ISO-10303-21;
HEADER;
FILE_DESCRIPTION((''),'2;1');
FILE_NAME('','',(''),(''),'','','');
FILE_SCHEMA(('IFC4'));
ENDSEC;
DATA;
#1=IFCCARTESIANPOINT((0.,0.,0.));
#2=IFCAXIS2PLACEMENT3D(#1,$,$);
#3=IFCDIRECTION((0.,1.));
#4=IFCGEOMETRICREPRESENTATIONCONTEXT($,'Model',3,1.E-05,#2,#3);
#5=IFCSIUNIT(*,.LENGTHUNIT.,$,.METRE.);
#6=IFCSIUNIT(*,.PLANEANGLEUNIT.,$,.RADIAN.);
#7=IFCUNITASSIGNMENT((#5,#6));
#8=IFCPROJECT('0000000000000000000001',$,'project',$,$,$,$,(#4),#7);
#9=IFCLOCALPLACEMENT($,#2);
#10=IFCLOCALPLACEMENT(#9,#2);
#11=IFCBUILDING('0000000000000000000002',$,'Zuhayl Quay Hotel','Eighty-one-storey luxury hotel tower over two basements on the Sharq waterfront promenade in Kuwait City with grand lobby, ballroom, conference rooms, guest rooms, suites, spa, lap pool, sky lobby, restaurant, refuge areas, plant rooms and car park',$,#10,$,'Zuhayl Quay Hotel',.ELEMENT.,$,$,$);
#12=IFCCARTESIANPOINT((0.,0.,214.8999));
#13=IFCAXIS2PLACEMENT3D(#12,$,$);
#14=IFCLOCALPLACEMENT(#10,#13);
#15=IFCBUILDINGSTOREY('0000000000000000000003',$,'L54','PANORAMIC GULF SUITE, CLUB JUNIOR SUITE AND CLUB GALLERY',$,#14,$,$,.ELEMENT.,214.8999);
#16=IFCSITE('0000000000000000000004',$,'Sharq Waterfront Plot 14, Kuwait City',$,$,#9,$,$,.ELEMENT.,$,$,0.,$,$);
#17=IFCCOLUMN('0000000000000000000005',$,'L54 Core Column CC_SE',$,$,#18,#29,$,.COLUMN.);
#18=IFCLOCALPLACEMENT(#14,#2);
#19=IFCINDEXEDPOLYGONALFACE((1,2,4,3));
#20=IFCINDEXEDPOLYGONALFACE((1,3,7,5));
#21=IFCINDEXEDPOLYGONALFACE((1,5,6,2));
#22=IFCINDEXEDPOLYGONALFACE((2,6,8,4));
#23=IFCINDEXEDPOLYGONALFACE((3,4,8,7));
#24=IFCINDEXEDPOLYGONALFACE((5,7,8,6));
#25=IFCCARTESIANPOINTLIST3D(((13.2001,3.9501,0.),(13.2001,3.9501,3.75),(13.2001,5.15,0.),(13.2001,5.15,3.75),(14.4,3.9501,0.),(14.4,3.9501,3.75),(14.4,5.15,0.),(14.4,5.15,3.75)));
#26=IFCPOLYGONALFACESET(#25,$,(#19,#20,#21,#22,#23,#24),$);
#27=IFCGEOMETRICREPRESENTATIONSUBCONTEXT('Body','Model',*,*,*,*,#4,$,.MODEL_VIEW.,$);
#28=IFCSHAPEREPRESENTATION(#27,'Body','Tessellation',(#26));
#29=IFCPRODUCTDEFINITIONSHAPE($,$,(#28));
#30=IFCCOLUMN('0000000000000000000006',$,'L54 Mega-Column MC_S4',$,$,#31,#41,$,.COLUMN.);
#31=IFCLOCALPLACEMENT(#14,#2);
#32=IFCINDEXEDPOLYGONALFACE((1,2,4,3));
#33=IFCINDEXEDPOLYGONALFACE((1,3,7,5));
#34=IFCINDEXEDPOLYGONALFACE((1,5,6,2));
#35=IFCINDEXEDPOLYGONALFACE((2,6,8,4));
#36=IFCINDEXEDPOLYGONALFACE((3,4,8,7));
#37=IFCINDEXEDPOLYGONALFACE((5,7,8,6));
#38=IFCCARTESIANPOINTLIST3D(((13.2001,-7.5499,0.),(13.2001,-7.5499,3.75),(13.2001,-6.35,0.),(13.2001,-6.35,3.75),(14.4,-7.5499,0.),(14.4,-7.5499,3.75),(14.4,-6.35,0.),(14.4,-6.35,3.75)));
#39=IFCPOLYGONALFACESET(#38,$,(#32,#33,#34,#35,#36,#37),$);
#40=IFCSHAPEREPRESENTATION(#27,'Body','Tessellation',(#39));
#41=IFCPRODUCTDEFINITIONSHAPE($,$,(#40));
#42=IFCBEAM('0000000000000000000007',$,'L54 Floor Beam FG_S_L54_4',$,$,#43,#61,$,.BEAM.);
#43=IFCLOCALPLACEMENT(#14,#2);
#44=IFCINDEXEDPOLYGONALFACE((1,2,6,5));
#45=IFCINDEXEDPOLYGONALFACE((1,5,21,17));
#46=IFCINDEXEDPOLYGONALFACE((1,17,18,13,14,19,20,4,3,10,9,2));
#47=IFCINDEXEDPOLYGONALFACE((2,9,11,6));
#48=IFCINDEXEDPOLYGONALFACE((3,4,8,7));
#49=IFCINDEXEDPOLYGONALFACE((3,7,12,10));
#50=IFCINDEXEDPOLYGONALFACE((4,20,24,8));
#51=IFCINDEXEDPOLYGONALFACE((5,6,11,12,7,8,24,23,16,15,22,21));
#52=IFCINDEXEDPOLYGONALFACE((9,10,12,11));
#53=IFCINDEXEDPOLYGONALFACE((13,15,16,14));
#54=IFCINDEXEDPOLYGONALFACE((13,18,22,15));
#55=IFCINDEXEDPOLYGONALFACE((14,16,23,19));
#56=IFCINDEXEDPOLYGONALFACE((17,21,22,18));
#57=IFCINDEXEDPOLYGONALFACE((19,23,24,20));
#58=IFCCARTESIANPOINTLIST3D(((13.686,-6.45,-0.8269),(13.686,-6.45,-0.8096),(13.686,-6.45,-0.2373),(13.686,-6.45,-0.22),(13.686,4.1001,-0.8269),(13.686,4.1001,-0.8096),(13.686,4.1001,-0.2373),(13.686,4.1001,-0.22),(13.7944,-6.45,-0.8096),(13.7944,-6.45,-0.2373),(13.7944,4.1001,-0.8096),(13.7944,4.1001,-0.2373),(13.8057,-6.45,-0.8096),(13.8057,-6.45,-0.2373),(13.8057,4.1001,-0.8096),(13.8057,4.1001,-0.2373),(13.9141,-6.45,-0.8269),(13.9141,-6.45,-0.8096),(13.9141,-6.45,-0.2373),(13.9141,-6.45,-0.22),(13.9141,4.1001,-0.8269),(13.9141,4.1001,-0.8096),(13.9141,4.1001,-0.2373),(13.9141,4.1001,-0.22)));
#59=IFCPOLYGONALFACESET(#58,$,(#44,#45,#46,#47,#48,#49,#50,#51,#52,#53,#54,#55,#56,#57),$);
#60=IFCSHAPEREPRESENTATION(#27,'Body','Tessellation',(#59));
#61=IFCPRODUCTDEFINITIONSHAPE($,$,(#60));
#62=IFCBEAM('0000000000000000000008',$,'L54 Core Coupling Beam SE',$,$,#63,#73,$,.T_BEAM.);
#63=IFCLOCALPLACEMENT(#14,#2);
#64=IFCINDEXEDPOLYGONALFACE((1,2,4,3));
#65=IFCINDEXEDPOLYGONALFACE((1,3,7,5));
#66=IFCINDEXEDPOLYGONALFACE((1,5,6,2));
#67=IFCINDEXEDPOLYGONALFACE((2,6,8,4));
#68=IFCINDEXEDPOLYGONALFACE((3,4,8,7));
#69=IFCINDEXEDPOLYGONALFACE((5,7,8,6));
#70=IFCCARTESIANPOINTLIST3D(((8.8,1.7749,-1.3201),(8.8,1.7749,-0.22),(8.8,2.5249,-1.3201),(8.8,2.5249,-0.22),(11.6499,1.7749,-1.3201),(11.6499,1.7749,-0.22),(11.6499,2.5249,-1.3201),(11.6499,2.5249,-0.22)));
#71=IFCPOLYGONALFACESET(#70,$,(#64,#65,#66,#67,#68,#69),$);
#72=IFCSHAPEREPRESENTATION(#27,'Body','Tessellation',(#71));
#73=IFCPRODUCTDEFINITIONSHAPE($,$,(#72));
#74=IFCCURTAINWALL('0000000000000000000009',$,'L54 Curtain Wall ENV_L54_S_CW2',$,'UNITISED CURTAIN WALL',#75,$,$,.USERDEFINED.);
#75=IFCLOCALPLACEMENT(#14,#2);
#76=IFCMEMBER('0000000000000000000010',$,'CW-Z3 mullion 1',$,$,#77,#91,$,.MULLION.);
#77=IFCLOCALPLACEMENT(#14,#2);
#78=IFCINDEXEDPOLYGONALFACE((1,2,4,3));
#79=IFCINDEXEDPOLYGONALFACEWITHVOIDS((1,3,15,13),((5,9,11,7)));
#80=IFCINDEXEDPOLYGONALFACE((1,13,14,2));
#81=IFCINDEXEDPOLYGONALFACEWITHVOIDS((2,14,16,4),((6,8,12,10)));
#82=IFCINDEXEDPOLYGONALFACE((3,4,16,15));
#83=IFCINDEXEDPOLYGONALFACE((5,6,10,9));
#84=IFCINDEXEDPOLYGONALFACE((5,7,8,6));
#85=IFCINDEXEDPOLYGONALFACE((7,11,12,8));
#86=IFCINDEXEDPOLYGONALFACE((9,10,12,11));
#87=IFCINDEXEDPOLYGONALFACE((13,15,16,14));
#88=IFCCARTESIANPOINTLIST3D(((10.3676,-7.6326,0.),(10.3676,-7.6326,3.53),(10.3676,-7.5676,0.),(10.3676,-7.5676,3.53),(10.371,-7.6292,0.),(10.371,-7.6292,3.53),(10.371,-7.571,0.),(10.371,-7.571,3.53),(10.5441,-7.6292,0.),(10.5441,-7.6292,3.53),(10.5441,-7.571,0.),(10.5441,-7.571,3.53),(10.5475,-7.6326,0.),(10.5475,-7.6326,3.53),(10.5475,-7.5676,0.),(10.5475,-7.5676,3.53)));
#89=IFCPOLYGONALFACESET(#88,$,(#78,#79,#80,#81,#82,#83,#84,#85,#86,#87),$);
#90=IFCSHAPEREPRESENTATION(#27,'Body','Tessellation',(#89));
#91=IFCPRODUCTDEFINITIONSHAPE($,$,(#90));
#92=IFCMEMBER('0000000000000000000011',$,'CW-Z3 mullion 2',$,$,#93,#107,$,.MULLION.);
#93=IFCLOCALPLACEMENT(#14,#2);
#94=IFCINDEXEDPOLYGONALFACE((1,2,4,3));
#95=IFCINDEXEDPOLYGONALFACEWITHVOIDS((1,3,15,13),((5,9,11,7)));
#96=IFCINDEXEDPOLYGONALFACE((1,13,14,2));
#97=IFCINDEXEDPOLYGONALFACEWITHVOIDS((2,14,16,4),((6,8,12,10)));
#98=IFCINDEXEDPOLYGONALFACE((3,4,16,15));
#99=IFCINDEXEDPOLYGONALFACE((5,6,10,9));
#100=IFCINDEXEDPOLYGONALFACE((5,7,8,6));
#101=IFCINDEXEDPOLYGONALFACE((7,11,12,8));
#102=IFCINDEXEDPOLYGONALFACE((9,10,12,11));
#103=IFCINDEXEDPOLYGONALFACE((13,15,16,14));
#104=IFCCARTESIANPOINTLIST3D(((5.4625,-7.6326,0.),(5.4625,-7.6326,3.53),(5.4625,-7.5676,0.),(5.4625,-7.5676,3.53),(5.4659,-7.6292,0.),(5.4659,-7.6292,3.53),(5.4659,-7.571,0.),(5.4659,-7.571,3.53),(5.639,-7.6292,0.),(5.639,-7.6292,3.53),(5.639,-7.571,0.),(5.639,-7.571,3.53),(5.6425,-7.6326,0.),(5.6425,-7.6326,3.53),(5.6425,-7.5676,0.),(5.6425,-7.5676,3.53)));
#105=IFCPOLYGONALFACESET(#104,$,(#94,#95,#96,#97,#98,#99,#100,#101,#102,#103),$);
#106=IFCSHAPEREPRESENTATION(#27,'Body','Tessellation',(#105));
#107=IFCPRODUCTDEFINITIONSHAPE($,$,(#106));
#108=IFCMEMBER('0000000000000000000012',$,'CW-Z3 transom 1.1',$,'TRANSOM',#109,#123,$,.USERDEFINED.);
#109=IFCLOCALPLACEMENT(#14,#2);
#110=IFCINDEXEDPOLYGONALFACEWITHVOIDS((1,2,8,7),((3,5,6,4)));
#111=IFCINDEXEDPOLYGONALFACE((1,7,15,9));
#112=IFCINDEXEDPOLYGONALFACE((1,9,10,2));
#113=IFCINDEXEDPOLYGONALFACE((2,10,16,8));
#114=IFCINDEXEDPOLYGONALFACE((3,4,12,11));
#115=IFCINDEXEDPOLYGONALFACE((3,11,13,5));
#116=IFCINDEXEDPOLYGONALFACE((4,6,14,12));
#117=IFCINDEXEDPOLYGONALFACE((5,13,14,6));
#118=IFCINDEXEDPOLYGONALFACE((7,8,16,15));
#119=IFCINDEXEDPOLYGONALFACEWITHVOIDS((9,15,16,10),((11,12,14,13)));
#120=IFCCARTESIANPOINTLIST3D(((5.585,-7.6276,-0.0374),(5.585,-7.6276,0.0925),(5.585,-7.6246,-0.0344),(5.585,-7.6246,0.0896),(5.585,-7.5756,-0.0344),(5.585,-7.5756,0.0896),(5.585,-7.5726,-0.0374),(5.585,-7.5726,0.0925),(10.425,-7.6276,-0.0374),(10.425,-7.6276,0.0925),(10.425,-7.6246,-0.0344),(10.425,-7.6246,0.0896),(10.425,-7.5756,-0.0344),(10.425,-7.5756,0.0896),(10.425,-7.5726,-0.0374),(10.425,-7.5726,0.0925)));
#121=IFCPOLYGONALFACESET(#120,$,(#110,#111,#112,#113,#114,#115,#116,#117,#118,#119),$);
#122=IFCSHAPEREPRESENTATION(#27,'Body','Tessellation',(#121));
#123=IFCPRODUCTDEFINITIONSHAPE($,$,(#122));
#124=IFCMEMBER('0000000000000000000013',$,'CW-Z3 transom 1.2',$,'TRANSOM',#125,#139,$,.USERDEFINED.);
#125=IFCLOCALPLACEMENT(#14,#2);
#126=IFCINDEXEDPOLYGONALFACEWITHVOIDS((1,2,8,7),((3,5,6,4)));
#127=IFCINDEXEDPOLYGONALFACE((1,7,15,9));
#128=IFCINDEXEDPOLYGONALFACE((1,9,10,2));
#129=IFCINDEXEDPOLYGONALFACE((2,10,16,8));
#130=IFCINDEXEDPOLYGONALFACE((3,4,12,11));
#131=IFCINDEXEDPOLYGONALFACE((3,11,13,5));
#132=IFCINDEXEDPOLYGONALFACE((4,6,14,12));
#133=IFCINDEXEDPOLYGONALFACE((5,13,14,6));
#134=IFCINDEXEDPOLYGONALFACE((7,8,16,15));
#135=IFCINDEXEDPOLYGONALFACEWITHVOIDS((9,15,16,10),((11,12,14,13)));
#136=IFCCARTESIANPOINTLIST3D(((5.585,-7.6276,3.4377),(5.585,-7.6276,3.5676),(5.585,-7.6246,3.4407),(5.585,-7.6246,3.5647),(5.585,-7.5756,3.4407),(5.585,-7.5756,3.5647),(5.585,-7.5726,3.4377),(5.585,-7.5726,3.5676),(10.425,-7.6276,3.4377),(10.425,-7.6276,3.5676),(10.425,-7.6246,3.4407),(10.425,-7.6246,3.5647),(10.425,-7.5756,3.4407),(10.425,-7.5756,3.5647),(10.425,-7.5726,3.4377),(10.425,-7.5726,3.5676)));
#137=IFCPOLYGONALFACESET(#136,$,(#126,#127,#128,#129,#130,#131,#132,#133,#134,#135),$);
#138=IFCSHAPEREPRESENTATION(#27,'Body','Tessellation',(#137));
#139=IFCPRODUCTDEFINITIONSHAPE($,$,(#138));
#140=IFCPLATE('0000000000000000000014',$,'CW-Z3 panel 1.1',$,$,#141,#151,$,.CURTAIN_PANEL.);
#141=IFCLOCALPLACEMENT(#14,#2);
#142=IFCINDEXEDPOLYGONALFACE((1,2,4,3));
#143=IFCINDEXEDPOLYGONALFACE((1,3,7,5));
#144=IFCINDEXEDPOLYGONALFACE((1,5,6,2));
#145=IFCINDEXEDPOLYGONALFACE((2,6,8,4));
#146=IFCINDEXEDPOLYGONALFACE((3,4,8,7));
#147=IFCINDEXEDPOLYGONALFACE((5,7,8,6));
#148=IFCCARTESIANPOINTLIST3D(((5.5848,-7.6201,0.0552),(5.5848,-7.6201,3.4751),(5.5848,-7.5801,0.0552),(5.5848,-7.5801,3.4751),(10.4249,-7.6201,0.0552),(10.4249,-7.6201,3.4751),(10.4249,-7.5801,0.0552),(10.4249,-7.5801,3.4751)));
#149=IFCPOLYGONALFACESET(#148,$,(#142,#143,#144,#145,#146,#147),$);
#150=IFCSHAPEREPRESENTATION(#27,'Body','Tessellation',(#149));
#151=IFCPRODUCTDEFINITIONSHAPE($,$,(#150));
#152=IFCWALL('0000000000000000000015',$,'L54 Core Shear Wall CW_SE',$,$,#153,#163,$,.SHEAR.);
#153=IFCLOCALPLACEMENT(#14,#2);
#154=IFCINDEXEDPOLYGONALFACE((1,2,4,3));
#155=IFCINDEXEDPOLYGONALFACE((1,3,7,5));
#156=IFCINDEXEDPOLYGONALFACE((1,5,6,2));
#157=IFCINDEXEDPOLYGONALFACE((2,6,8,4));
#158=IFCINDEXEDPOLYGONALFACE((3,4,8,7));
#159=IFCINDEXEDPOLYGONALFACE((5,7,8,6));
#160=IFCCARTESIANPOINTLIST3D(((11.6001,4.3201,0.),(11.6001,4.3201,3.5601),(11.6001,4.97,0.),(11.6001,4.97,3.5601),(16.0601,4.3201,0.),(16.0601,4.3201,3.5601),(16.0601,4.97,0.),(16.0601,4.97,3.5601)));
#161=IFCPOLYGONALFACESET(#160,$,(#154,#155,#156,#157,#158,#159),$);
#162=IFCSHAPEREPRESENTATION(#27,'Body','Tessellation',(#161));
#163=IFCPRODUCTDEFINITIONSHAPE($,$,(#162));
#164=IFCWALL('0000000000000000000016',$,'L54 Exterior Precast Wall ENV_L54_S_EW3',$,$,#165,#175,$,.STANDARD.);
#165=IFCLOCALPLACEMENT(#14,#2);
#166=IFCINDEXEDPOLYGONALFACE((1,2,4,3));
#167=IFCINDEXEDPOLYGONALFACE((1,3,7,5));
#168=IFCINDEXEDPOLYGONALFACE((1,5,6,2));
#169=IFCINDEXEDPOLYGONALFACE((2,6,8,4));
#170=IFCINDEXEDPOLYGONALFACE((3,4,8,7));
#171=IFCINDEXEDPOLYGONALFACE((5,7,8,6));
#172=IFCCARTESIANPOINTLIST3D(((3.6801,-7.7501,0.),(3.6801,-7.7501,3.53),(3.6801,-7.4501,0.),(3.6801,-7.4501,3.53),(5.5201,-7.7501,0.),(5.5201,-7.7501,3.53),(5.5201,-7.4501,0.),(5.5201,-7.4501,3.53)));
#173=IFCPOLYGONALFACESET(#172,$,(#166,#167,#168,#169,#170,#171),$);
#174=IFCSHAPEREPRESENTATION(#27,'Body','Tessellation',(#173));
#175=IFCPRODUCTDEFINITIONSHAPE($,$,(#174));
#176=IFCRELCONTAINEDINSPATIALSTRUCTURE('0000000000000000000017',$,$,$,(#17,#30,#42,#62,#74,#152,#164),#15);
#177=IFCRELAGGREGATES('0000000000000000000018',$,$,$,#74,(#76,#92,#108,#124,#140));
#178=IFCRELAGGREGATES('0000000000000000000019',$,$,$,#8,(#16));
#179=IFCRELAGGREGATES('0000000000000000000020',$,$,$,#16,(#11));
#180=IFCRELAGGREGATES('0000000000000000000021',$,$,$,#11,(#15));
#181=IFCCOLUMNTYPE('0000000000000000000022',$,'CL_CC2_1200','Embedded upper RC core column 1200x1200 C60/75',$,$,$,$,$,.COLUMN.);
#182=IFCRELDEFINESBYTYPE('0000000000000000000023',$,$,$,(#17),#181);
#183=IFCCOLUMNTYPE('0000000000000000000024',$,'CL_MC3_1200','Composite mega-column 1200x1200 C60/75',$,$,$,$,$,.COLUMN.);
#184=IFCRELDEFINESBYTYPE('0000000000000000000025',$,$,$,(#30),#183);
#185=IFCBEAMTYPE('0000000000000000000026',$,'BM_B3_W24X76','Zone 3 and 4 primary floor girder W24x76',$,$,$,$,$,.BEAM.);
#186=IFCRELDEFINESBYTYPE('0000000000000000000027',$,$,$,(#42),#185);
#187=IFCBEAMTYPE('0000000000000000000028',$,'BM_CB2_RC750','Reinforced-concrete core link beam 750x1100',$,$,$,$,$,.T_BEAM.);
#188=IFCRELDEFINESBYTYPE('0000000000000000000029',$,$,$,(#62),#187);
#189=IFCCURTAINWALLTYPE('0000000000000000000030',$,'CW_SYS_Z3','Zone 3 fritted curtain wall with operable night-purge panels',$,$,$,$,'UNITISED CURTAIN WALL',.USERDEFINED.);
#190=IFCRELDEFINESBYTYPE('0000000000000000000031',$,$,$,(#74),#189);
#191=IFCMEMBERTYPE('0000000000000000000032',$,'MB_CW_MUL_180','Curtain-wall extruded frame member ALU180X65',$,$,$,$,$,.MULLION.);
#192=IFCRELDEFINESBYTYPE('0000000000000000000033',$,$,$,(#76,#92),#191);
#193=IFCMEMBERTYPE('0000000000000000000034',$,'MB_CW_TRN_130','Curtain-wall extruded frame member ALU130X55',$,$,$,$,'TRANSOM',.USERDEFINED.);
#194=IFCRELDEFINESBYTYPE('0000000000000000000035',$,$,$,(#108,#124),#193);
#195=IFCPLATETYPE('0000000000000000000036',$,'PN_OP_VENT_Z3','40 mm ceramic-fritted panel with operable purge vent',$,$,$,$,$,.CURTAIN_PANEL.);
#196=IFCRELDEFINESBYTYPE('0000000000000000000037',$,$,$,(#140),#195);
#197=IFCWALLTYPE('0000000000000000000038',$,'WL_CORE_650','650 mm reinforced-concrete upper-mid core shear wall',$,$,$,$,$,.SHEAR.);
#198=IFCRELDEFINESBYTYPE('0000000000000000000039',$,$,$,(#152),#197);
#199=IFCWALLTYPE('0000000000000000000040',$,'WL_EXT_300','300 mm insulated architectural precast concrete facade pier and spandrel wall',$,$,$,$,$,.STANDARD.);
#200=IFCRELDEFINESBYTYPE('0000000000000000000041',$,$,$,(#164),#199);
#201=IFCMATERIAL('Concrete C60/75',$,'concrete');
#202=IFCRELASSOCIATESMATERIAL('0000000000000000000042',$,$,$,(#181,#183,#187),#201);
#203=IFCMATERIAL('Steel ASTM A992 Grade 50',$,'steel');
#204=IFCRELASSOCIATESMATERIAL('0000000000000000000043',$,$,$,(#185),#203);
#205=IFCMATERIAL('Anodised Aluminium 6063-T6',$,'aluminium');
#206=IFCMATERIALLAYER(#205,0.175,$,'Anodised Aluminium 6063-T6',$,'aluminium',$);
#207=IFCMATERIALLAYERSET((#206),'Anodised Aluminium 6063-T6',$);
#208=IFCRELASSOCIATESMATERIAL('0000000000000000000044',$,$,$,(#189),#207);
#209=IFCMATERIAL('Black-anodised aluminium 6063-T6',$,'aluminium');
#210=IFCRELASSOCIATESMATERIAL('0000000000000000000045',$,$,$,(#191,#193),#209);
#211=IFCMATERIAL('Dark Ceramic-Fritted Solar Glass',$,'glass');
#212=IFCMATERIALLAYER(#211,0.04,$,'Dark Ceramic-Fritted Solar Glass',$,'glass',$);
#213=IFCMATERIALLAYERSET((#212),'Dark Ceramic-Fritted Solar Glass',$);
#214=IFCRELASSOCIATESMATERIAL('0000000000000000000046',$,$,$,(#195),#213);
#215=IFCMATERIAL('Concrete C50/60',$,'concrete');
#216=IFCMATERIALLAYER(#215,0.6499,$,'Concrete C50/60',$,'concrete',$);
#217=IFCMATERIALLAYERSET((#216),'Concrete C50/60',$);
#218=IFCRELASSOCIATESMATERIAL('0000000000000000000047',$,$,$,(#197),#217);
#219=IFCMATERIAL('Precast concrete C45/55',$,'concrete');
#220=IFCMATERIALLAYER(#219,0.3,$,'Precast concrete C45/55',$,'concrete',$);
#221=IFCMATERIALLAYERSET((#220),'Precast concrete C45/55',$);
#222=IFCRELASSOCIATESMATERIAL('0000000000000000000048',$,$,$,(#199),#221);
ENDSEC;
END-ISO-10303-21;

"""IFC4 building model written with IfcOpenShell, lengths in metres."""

from ifc_helpers import new_model, si_unit, direction, frame, frame_2d, origin, origin_2d, place, context, subcontext, project, spatial, rectangle, hollow_rectangle, i_section, extrude, material, layer, layer_set, material_profile, profile_set, type_object, element, aggregate, save


model = new_model("IFC4")

# Units and contexts
model_context = context("Model", 3, precision=1e-05, world=origin(), true_north=direction((0.0, 1.0)))
body_context = subcontext(model_context, "Body", "Model", "MODEL_VIEW")
ifc_project = project(units=[si_unit("LENGTHUNIT", "METRE"), si_unit("PLANEANGLEUNIT", "RADIAN")], contexts=[model_context])

# Site, building, storey
site_placement = place(None, origin())
site = spatial("IfcSite", under=ifc_project, at=site_placement, Name="Sharq Waterfront Plot 14, Kuwait City", CompositionType="ELEMENT", RefElevation=0.0)
building_placement = place(site_placement, origin())
building = spatial("IfcBuilding", under=site, at=building_placement, Name="Zuhayl Quay Hotel", Description="Eighty-one-storey luxury hotel tower over two basements on the Sharq waterfront promenade in Kuwait City with grand lobby, ballroom, conference rooms, guest rooms, suites, spa, lap pool, sky lobby, restaurant, refuge areas, plant rooms and car park", LongName="Zuhayl Quay Hotel", CompositionType="ELEMENT")
storey_placement = place(building_placement, frame((0.0, 0.0, 214.8999)))
storey = spatial("IfcBuildingStorey", under=building, at=storey_placement, Name="L54", Description="PANORAMIC GULF SUITE, CLUB JUNIOR SUITE AND CLUB GALLERY", CompositionType="ELEMENT", Elevation=214.8999)

# Columns
ifc_material_1 = material(Name="Concrete C60/75", Category="concrete")
ifc_material_profile_1 = material_profile(ifc_material_1, rectangle(XDim=1.2, YDim=1.2, at=origin_2d()), Name="RC1200X1200")
ifc_profile_set_1 = profile_set([ifc_material_profile_1], Name="Concrete C60/75")
column_type_1 = type_object("IfcColumnType", Name="CL_CC2_1200", Description="Embedded upper RC core column 1200x1200 C60/75", PredefinedType="COLUMN", material=ifc_profile_set_1)
column_1_placement = place(storey_placement, frame((13.8, 4.55, 0.0), z_axis=(0.0, 0.0, 1.0), x_axis=(1.0, 0.0, 0.0)))
element("IfcColumn", 1, at=column_1_placement, inside=storey, type_object=column_type_1, Name="L54 Core Column CC_SE", PredefinedType="COLUMN", context=body_context, shape_type="SweptSolid", body=[
    extrude(rectangle(XDim=1.2, YDim=1.2, at=origin_2d()), origin(), (0.0, 0.0, 1.0), 3.75),
])
ifc_material_profile_2 = material_profile(ifc_material_1, rectangle(XDim=1.2, YDim=1.2, at=origin_2d()), Name="RC1200X1200")
ifc_profile_set_2 = profile_set([ifc_material_profile_2], Name="Concrete C60/75")
column_type_2 = type_object("IfcColumnType", Name="CL_MC3_1200", Description="Composite mega-column 1200x1200 C60/75", PredefinedType="COLUMN", material=ifc_profile_set_2)
column_2_placement = place(storey_placement, frame((13.8, -6.95, 0.0), z_axis=(0.0, 0.0, 1.0), x_axis=(1.0, 0.0, 0.0)))
element("IfcColumn", 2, at=column_2_placement, inside=storey, type_object=column_type_2, Name="L54 Mega-Column MC_S4", PredefinedType="COLUMN", context=body_context, shape_type="SweptSolid", body=[
    extrude(rectangle(XDim=1.2, YDim=1.2, at=origin_2d()), origin(), (0.0, 0.0, 1.0), 3.75),
])

# Beams
ifc_material_2 = material(Name="Steel ASTM A992 Grade 50", Category="steel")
ifc_material_profile_3 = material_profile(ifc_material_2, i_section(OverallWidth=0.228, OverallDepth=0.6069, WebThickness=0.0112, FlangeThickness=0.0173, at=origin_2d()), Name="W24X76")
ifc_profile_set_3 = profile_set([ifc_material_profile_3], Name="Steel ASTM A992 Grade 50")
beam_type_1 = type_object("IfcBeamType", Name="BM_B3_W24X76", Description="Zone 3 and 4 primary floor girder W24x76", PredefinedType="BEAM", material=ifc_profile_set_3)
beam_1_placement = place(storey_placement, frame((13.8, -6.45, -0.5234), z_axis=(0.0, 1.0, 0.0), x_axis=(-1.0, 0.0, 0.0)))
element("IfcBeam", 3, at=beam_1_placement, inside=storey, type_object=beam_type_1, Name="L54 Floor Beam FG_S_L54_4", PredefinedType="BEAM", context=body_context, shape_type="SweptSolid", body=[
    extrude(i_section(OverallWidth=0.228, OverallDepth=0.6069, WebThickness=0.0112, FlangeThickness=0.0173, at=origin_2d()), origin(), (0.0, 0.0, 1.0), 10.55),
])
ifc_material_profile_4 = material_profile(ifc_material_1, rectangle(XDim=0.75, YDim=1.1001, at=origin_2d()), Name="RC750X1100")
ifc_profile_set_4 = profile_set([ifc_material_profile_4], Name="Concrete C60/75")
beam_type_2 = type_object("IfcBeamType", Name="BM_CB2_RC750", Description="Reinforced-concrete core link beam 750x1100", PredefinedType="T_BEAM", material=ifc_profile_set_4)
beam_2_placement = place(storey_placement, frame((8.8, 2.1499, -0.77), z_axis=(1.0, 0.0, 0.0), x_axis=(0.0, 1.0, 0.0)))
element("IfcBeam", 4, at=beam_2_placement, inside=storey, type_object=beam_type_2, Name="L54 Core Coupling Beam SE", PredefinedType="T_BEAM", context=body_context, shape_type="SweptSolid", body=[
    extrude(rectangle(XDim=0.75, YDim=1.1001, at=origin_2d()), origin(), (0.0, 0.0, 1.0), 2.8499),
])

# Curtain wall, members, plate
ifc_material_3 = material(Name="Anodised Aluminium 6063-T6", Category="aluminium")
ifc_layer_1 = layer(ifc_material_3, 0.175, Name="Anodised Aluminium 6063-T6", Category="aluminium")
ifc_layer_set_1 = layer_set([ifc_layer_1], Name="Anodised Aluminium 6063-T6")
curtain_wall_type = type_object("IfcCurtainWallType", Name="CW_SYS_Z3", Description="Zone 3 fritted curtain wall with operable night-purge panels", ElementType="UNITISED CURTAIN WALL", PredefinedType="USERDEFINED", material=ifc_layer_set_1)
curtain_wall_placement = place(storey_placement, origin())
curtain_wall = element("IfcCurtainWall", 5, at=curtain_wall_placement, inside=storey, type_object=curtain_wall_type, Name="L54 Curtain Wall ENV_L54_S_CW2", ObjectType="UNITISED CURTAIN WALL", PredefinedType="USERDEFINED")
ifc_material_4 = material(Name="Black-anodised aluminium 6063-T6", Category="aluminium")
ifc_material_profile_5 = material_profile(ifc_material_4, hollow_rectangle(XDim=0.0649, YDim=0.1799, WallThickness=0.0034, at=origin_2d()), Name="ALU180X65")
ifc_profile_set_5 = profile_set([ifc_material_profile_5], Name="Black-anodised aluminium 6063-T6")
member_type_1 = type_object("IfcMemberType", Name="MB_CW_MUL_180", Description="Curtain-wall extruded frame member ALU180X65", PredefinedType="MULLION", material=ifc_profile_set_5)
member_1_placement = place(storey_placement, frame((10.4575, -7.6001, 0.0), z_axis=(0.0, 0.0, 1.0), x_axis=(0.0, -1.0, 0.0)))
member_1 = element("IfcMember", 6, at=member_1_placement, type_object=member_type_1, Name="CW-Z3 mullion 1", PredefinedType="MULLION", context=body_context, shape_type="SweptSolid", body=[
    extrude(hollow_rectangle(XDim=0.0649, YDim=0.1799, WallThickness=0.0034, at=origin_2d()), origin(), (0.0, 0.0, 1.0), 3.53),
])
member_2_placement = place(storey_placement, frame((5.5525, -7.6001, 0.0), z_axis=(0.0, 0.0, 1.0), x_axis=(0.0, -1.0, 0.0)))
member_2 = element("IfcMember", 7, at=member_2_placement, type_object=member_type_1, Name="CW-Z3 mullion 2", PredefinedType="MULLION", context=body_context, shape_type="SweptSolid", body=[
    extrude(hollow_rectangle(XDim=0.0649, YDim=0.1799, WallThickness=0.0034, at=origin_2d()), origin(), (0.0, 0.0, 1.0), 3.53),
])
ifc_material_profile_6 = material_profile(ifc_material_4, hollow_rectangle(XDim=0.0549, YDim=0.1299, WallThickness=0.0029, at=origin_2d()), Name="ALU130X55")
ifc_profile_set_6 = profile_set([ifc_material_profile_6], Name="Black-anodised aluminium 6063-T6")
member_type_2 = type_object("IfcMemberType", Name="MB_CW_TRN_130", Description="Curtain-wall extruded frame member ALU130X55", ElementType="TRANSOM", PredefinedType="USERDEFINED", material=ifc_profile_set_6)
member_3_placement = place(storey_placement, frame((10.425, -7.6001, 0.0276), z_axis=(-1.0, 0.0, 0.0), x_axis=(0.0, -1.0, 0.0)))
member_3 = element("IfcMember", 8, at=member_3_placement, type_object=member_type_2, Name="CW-Z3 transom 1.1", ObjectType="TRANSOM", PredefinedType="USERDEFINED", context=body_context, shape_type="SweptSolid", body=[
    extrude(hollow_rectangle(XDim=0.0549, YDim=0.1299, WallThickness=0.0029, at=origin_2d()), origin(), (0.0, 0.0, 1.0), 4.8401),
])
member_4_placement = place(storey_placement, frame((10.425, -7.6001, 3.5027), z_axis=(-1.0, 0.0, 0.0), x_axis=(0.0, -1.0, 0.0)))
member_4 = element("IfcMember", 9, at=member_4_placement, type_object=member_type_2, Name="CW-Z3 transom 1.2", ObjectType="TRANSOM", PredefinedType="USERDEFINED", context=body_context, shape_type="SweptSolid", body=[
    extrude(hollow_rectangle(XDim=0.0549, YDim=0.1299, WallThickness=0.0029, at=origin_2d()), origin(), (0.0, 0.0, 1.0), 4.8401),
])
ifc_material_5 = material(Name="Dark Ceramic-Fritted Solar Glass", Category="glass")
ifc_layer_2 = layer(ifc_material_5, 0.04, Name="Dark Ceramic-Fritted Solar Glass", Category="glass")
ifc_layer_set_2 = layer_set([ifc_layer_2], Name="Dark Ceramic-Fritted Solar Glass")
plate_type = type_object("IfcPlateType", Name="PN_OP_VENT_Z3", Description="40 mm ceramic-fritted panel with operable purge vent", PredefinedType="CURTAIN_PANEL", material=ifc_layer_set_2)
plate_placement = place(storey_placement, frame((8.0049, -7.6001, 0.0552), z_axis=(0.0, 0.0, 1.0), x_axis=(-1.0, 0.0, 0.0)))
plate = element("IfcPlate", 10, at=plate_placement, type_object=plate_type, Name="CW-Z3 panel 1.1", PredefinedType="CURTAIN_PANEL", context=body_context, shape_type="SweptSolid", body=[
    extrude(rectangle(XDim=4.8401, YDim=0.04, at=origin_2d()), origin(), (0.0, 0.0, 1.0), 3.4199),
])
aggregate(curtain_wall, [member_1, member_2, member_3, member_4, plate])

# Walls
ifc_material_6 = material(Name="Concrete C50/60", Category="concrete")
ifc_layer_3 = layer(ifc_material_6, 0.6499, Name="Concrete C50/60", Category="concrete")
ifc_layer_set_3 = layer_set([ifc_layer_3], Name="Concrete C50/60")
wall_type_1 = type_object("IfcWallType", Name="WL_CORE_650", Description="650 mm reinforced-concrete upper-mid core shear wall", PredefinedType="SHEAR", material=ifc_layer_set_3)
wall_1_placement = place(storey_placement, frame((11.6001, 4.645, 0.0), z_axis=(0.0, 0.0, 1.0), x_axis=(1.0, 0.0, 0.0)))
element("IfcWall", 11, at=wall_1_placement, inside=storey, type_object=wall_type_1, Name="L54 Core Shear Wall CW_SE", PredefinedType="SHEAR", context=body_context, shape_type="SweptSolid", body=[
    extrude(rectangle(XDim=4.46, YDim=0.6499, at=frame_2d((2.23, 0.0))), origin(), (0.0, 0.0, 1.0), 3.5601),
])
ifc_material_7 = material(Name="Precast concrete C45/55", Category="concrete")
ifc_layer_4 = layer(ifc_material_7, 0.3, Name="Precast concrete C45/55", Category="concrete")
ifc_layer_set_4 = layer_set([ifc_layer_4], Name="Precast concrete C45/55")
wall_type_2 = type_object("IfcWallType", Name="WL_EXT_300", Description="300 mm insulated architectural precast concrete facade pier and spandrel wall", PredefinedType="STANDARD", material=ifc_layer_set_4)
wall_2_placement = place(storey_placement, frame((5.52, -7.6001, 0.0), z_axis=(0.0, 0.0, 1.0), x_axis=(-1.0, 0.0, 0.0)))
element("IfcWall", 12, at=wall_2_placement, inside=storey, type_object=wall_type_2, Name="L54 Exterior Precast Wall ENV_L54_S_EW3", PredefinedType="STANDARD", context=body_context, shape_type="SweptSolid", body=[
    extrude(rectangle(XDim=1.8401, YDim=0.3, at=frame_2d((0.9199, 0.0))), origin(), (0.0, 0.0, 1.0), 3.53),
])

save(model, "model.ifc")
